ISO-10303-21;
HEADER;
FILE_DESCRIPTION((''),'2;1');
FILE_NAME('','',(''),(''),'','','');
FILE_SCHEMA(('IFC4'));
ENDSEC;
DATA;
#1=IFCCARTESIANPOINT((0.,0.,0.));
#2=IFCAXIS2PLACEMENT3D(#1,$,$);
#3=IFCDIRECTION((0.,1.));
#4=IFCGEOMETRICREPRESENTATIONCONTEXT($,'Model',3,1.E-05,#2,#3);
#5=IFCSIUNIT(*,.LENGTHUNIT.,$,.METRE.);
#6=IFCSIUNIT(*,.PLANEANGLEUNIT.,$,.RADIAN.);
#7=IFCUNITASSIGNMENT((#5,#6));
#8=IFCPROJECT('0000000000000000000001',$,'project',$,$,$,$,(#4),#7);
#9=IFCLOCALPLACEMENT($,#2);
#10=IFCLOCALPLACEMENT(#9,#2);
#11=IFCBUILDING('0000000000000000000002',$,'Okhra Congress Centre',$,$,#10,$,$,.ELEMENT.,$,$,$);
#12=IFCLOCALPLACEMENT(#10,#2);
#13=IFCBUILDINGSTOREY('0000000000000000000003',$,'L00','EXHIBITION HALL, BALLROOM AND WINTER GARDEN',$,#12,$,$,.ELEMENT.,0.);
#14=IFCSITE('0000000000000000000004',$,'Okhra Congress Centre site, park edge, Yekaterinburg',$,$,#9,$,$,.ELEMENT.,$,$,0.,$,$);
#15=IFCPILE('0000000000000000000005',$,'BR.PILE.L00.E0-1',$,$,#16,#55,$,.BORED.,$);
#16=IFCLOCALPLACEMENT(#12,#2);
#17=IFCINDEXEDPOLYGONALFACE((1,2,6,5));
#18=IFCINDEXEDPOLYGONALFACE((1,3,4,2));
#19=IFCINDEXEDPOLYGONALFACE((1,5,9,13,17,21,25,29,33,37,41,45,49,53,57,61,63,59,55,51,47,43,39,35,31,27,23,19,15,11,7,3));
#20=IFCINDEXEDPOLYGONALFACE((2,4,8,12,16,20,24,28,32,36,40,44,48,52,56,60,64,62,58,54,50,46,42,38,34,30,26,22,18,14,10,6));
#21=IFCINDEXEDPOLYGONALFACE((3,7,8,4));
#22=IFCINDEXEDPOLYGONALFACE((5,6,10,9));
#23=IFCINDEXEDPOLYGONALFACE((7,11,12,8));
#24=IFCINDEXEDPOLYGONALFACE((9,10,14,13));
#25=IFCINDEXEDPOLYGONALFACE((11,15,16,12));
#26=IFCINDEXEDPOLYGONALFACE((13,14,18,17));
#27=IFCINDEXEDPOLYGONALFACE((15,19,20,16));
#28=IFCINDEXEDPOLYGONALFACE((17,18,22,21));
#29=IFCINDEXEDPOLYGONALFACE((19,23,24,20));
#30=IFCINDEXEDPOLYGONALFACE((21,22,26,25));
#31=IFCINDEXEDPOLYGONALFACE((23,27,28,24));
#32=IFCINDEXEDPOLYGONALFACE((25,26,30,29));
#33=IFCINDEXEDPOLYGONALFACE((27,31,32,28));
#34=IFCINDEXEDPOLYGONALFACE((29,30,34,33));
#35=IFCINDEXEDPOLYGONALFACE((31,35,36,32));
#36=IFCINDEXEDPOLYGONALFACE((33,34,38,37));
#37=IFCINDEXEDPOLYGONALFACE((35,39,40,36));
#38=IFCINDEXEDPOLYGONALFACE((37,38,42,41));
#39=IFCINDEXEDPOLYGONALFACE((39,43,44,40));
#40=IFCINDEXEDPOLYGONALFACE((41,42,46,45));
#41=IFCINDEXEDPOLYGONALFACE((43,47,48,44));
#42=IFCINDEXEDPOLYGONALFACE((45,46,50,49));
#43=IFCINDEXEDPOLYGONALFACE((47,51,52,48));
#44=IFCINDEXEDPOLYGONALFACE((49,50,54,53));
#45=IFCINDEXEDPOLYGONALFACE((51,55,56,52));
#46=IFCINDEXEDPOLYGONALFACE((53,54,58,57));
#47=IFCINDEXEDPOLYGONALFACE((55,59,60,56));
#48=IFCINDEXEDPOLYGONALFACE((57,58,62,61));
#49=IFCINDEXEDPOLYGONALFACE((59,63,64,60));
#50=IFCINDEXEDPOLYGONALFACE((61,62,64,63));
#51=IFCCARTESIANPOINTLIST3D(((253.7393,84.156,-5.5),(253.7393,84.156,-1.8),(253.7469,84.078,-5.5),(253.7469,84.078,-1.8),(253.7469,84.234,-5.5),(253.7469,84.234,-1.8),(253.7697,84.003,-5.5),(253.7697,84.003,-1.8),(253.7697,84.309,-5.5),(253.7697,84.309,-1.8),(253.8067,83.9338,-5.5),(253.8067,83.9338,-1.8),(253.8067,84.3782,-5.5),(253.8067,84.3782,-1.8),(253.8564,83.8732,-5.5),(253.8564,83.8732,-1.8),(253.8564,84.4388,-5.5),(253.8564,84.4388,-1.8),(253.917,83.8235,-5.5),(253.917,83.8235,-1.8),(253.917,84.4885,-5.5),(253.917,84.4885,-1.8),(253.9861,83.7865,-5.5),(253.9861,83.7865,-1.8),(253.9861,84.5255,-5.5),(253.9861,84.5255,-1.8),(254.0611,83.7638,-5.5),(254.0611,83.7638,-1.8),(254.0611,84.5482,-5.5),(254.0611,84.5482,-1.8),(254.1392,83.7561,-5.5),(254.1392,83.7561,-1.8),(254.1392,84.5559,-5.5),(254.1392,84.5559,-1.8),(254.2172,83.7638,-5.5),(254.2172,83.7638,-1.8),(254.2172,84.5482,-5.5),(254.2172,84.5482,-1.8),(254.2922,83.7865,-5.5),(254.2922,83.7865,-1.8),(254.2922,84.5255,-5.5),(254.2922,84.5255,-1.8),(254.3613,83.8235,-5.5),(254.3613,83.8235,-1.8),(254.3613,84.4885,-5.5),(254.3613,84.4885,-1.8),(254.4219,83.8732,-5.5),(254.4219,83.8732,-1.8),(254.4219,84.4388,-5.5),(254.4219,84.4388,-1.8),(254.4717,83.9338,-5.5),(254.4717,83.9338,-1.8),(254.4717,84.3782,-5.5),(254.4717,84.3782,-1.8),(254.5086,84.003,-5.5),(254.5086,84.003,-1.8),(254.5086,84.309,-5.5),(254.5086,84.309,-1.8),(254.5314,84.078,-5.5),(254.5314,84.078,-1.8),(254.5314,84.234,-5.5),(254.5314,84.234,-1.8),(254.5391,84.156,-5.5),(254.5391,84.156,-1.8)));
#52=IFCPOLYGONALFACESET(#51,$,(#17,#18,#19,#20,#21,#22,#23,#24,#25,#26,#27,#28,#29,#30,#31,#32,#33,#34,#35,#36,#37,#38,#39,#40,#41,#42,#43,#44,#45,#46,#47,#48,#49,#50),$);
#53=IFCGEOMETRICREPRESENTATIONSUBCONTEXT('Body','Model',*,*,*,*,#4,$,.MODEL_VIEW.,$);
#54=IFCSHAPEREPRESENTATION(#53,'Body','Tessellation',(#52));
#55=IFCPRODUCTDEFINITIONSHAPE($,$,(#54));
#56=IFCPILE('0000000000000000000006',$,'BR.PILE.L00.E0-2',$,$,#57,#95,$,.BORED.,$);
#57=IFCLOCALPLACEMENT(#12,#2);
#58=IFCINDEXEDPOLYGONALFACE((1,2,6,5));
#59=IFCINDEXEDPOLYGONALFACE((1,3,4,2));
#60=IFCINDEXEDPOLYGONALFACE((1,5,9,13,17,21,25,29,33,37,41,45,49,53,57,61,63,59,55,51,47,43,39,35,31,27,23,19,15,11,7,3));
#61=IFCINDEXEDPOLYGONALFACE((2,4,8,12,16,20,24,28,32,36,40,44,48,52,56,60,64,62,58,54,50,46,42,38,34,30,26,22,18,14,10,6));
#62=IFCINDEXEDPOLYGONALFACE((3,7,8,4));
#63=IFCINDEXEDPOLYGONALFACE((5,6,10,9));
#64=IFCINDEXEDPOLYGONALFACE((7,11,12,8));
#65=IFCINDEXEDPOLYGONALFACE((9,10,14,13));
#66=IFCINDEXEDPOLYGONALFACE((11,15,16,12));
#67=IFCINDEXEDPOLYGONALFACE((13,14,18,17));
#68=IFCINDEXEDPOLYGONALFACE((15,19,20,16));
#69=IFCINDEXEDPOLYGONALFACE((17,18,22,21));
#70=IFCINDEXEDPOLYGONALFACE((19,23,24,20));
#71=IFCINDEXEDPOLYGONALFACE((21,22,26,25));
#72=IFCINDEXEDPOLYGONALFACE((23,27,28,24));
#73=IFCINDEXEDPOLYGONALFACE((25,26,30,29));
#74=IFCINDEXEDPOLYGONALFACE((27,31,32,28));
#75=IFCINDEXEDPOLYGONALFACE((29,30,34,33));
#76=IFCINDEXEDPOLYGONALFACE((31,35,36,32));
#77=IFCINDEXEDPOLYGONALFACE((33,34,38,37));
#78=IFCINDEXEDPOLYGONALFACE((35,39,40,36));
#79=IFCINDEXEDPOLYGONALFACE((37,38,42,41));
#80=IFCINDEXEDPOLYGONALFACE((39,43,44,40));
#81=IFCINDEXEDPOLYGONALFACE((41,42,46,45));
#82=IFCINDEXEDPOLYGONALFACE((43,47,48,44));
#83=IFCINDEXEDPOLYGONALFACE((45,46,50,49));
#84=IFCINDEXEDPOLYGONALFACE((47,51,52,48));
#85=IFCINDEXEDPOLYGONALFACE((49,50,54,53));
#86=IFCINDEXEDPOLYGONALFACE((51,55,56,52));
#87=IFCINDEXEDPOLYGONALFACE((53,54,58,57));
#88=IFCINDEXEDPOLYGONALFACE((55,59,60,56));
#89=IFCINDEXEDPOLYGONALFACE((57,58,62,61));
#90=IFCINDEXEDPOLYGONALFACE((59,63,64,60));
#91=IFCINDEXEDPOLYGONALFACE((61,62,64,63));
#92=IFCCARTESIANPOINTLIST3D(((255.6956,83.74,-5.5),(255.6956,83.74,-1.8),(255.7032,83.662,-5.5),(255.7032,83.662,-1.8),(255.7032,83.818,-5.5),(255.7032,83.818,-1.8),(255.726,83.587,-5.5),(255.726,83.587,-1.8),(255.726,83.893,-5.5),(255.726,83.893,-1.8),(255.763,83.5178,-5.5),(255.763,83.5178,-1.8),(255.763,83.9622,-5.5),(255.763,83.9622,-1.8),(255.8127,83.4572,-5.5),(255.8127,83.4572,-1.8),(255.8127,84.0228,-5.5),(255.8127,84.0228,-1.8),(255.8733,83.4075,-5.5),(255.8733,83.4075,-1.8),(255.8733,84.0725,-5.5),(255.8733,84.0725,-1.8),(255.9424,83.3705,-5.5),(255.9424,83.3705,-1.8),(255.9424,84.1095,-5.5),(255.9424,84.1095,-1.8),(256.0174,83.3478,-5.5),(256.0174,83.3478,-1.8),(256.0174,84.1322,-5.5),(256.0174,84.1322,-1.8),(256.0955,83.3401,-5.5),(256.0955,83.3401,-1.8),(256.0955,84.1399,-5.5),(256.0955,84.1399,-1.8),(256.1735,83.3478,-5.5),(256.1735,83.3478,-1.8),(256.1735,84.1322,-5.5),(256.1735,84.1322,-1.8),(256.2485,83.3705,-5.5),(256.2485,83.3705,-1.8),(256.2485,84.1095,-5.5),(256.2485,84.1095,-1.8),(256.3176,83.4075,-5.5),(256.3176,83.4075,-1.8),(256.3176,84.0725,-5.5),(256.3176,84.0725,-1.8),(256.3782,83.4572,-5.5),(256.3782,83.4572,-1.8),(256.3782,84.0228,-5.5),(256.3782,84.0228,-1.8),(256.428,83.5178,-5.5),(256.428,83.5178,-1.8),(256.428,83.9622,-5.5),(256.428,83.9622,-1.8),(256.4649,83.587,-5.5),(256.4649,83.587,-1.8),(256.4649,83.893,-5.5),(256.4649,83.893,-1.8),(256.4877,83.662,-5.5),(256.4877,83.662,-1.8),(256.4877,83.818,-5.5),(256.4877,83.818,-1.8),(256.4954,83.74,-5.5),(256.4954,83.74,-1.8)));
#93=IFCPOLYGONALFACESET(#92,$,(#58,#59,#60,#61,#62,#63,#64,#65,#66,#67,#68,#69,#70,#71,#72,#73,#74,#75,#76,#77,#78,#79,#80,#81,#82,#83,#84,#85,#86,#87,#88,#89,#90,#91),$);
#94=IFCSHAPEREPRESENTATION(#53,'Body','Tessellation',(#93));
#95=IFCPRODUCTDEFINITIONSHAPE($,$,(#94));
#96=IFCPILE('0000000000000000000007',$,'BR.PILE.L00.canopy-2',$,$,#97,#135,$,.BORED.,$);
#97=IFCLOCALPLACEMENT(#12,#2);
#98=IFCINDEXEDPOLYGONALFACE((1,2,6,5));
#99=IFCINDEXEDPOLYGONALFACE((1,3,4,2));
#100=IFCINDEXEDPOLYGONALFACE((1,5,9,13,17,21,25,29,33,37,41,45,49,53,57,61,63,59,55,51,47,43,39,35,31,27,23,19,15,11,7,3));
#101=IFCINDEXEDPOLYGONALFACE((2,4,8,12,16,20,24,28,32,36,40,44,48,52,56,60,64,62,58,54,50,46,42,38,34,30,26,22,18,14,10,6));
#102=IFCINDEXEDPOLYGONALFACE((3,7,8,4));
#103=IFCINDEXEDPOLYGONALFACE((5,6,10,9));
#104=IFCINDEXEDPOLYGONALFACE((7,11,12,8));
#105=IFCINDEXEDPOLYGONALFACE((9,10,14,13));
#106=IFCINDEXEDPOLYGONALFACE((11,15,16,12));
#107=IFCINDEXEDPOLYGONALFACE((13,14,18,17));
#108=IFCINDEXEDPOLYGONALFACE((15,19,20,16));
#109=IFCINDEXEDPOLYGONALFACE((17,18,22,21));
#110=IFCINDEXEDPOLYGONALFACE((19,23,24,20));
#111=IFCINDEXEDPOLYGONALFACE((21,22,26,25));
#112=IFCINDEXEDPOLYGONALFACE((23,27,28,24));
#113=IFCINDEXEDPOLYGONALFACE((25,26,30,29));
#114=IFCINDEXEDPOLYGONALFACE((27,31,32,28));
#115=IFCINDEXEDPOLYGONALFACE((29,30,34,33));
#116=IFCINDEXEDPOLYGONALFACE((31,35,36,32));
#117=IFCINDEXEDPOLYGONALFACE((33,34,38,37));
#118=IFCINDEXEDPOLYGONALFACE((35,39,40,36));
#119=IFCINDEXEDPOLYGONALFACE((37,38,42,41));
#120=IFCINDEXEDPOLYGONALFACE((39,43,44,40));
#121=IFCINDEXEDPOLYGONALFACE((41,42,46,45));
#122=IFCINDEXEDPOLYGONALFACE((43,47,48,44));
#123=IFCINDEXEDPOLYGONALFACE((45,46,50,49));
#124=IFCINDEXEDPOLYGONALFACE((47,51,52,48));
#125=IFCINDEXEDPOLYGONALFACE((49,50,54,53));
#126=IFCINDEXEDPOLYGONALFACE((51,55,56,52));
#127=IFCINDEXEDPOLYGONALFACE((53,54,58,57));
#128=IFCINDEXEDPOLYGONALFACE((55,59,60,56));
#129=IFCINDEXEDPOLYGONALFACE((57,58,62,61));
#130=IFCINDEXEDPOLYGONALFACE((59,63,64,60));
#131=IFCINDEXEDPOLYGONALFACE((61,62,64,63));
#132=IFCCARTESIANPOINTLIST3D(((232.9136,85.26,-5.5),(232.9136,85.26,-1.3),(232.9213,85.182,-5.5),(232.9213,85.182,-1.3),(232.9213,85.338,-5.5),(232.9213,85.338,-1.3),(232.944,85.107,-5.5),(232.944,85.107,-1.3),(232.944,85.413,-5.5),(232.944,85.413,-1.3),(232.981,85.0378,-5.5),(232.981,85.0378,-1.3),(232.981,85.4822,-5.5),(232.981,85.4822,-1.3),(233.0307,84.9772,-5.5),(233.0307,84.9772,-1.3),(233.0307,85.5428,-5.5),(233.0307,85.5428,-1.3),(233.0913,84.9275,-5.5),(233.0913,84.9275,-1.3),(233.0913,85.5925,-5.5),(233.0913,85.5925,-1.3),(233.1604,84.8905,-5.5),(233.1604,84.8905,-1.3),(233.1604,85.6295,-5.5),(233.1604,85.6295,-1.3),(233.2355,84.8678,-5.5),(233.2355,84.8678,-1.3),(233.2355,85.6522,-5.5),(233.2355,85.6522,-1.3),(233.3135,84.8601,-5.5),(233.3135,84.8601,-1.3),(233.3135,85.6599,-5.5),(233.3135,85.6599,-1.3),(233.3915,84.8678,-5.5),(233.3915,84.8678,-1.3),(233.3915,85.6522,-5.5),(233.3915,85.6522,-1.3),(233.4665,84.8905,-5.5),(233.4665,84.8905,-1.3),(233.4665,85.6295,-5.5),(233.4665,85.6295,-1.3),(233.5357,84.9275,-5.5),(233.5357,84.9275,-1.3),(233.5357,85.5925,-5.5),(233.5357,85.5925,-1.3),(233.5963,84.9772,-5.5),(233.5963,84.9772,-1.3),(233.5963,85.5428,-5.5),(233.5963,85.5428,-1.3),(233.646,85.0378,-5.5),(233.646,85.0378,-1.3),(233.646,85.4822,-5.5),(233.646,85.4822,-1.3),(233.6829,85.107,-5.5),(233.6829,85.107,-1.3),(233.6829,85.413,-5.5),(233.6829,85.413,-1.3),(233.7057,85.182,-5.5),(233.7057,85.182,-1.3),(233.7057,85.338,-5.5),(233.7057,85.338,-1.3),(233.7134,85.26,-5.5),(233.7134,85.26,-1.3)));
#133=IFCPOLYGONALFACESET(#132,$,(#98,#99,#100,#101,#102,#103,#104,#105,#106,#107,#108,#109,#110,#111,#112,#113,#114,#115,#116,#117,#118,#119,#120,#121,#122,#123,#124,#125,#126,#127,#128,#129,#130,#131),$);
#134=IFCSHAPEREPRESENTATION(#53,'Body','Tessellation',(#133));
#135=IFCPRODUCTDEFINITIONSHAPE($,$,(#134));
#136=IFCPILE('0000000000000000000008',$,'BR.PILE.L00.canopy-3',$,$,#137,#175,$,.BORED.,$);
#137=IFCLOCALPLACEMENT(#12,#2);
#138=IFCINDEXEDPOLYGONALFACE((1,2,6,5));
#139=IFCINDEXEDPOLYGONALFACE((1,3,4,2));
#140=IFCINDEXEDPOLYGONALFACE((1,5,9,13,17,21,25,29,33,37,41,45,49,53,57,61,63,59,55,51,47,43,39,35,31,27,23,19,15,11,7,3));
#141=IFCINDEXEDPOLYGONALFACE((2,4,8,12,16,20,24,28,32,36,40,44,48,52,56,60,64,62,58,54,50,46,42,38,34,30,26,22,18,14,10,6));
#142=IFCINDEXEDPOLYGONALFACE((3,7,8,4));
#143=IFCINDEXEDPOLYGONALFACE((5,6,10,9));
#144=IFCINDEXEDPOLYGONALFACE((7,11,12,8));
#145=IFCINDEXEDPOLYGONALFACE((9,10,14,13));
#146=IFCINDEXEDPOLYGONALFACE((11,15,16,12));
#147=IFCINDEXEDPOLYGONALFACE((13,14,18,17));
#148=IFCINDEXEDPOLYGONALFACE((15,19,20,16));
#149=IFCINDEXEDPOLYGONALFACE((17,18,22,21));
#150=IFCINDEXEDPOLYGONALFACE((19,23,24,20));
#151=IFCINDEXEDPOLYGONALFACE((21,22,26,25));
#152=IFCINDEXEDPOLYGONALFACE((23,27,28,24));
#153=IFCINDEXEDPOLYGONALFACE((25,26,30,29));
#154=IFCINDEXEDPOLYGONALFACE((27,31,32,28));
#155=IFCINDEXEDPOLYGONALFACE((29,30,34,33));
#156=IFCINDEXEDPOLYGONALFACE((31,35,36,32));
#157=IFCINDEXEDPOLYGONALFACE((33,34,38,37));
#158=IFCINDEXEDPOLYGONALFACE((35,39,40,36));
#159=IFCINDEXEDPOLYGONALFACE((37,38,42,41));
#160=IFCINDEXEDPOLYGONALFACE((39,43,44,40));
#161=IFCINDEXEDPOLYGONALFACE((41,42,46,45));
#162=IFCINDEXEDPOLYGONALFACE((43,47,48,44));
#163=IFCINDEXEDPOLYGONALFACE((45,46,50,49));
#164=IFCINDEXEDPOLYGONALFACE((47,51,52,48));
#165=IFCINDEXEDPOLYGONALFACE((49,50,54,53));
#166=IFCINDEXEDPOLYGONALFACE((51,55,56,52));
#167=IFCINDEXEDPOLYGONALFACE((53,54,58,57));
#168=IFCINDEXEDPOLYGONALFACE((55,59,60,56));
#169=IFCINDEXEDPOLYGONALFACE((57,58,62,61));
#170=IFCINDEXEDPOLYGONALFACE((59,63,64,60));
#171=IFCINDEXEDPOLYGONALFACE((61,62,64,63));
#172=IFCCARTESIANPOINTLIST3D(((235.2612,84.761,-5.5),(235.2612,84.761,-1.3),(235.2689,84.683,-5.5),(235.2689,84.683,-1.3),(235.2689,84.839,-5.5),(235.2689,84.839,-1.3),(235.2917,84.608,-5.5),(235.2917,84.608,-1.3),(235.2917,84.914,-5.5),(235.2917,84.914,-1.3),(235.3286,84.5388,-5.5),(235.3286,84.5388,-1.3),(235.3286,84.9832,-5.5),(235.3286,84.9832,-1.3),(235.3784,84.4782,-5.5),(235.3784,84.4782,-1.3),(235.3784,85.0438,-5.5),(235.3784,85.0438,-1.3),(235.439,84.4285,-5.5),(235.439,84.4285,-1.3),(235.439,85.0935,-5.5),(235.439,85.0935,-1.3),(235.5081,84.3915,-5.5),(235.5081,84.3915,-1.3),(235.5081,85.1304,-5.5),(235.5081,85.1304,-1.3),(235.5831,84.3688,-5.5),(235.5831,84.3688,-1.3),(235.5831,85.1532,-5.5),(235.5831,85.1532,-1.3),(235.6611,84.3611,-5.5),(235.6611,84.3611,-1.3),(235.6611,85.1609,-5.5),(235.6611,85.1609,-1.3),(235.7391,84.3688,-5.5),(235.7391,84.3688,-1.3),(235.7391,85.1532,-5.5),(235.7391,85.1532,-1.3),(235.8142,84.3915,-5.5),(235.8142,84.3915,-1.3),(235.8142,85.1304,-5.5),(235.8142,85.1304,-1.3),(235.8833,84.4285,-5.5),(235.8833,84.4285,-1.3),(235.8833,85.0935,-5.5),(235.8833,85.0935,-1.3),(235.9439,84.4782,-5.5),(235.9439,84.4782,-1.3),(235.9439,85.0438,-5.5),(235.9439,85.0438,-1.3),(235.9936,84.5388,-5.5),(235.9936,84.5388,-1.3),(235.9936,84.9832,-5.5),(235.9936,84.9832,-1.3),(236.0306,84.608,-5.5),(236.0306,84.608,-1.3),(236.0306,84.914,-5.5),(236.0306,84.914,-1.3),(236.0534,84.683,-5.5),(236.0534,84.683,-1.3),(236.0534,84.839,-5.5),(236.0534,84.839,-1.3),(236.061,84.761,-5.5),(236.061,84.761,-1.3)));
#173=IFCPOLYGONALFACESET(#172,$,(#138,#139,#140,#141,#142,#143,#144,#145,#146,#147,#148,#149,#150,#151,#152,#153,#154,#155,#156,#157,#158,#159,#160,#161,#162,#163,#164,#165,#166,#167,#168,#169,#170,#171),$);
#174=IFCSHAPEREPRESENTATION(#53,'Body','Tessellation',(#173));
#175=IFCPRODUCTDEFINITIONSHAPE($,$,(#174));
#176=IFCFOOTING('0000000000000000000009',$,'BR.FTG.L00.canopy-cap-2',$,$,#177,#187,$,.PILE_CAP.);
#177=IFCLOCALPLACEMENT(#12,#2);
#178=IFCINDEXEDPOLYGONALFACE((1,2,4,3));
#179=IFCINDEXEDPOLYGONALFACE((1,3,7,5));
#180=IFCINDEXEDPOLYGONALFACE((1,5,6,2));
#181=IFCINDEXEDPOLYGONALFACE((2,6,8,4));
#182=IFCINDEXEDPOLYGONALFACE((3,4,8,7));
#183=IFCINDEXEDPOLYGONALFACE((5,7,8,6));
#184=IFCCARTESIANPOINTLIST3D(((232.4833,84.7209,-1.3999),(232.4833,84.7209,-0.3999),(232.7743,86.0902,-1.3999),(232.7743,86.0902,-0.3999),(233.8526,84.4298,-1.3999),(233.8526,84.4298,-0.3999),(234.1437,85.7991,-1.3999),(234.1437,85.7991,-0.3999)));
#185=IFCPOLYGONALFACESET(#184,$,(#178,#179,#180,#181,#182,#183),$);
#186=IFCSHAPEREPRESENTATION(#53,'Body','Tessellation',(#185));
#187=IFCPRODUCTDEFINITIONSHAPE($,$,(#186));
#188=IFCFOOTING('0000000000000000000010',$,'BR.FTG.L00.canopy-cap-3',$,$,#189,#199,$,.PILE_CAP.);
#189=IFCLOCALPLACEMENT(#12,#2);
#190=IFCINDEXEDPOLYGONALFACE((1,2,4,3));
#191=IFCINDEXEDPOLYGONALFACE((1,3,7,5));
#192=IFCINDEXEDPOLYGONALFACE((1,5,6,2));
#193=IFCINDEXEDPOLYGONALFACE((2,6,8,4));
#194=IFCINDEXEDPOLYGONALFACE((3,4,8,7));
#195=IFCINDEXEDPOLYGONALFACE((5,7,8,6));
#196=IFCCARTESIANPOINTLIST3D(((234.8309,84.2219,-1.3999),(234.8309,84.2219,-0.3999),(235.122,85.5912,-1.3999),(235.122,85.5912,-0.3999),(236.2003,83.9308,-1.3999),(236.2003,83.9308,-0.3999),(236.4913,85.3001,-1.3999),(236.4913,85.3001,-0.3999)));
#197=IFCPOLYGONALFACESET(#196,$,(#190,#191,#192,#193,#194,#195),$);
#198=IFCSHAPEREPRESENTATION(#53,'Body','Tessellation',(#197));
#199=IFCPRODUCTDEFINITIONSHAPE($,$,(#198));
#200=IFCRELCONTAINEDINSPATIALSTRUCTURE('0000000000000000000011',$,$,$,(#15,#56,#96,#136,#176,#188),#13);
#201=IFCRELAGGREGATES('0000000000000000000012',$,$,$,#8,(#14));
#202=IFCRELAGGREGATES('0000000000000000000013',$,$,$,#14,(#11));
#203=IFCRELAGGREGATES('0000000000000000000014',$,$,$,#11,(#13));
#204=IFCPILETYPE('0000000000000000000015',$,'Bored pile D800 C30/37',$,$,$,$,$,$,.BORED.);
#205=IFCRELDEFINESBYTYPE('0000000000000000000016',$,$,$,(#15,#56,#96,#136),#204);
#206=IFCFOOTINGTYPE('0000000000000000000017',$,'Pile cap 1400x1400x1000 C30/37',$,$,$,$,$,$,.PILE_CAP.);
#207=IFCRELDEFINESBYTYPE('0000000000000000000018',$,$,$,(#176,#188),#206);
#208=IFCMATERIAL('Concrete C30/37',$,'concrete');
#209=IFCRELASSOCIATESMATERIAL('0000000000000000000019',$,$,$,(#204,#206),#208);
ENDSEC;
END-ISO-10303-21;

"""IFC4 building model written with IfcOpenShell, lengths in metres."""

from ifc_helpers import new_model, si_unit, direction, frame, origin, origin_2d, place, context, subcontext, project, spatial, rectangle, circle, extrude, material, material_profile, profile_set, type_object, element, save


model = new_model("IFC4")

# Units and contexts
model_context = context("Model", 3, precision=1e-05, world=origin(), true_north=direction((0.0, 1.0)))
body_context = subcontext(model_context, "Body", "Model", "MODEL_VIEW")
ifc_project = project(units=[si_unit("LENGTHUNIT", "METRE"), si_unit("PLANEANGLEUNIT", "RADIAN")], contexts=[model_context])

# Site, building, storey
site_placement = place(None, origin())
site = spatial("IfcSite", under=ifc_project, at=site_placement, Name="Okhra Congress Centre site, park edge, Yekaterinburg", CompositionType="ELEMENT", RefElevation=0.0)
building_placement = place(site_placement, origin())
building = spatial("IfcBuilding", under=site, at=building_placement, Name="Okhra Congress Centre", CompositionType="ELEMENT")
storey_placement = place(building_placement, origin())
storey = spatial("IfcBuildingStorey", under=building, at=storey_placement, Name="L00", Description="EXHIBITION HALL, BALLROOM AND WINTER GARDEN", CompositionType="ELEMENT", Elevation=0.0)

# Piles
ifc_material_1 = material(Name="Concrete C30/37", Category="concrete")
ifc_material_profile_1 = material_profile(ifc_material_1, circle(Radius=0.3999, at=origin_2d()), Name="D800")
ifc_profile_set_1 = profile_set([ifc_material_profile_1], Name="Concrete C30/37")
pile_type = type_object("IfcPileType", Name="Bored pile D800 C30/37", PredefinedType="BORED", material=ifc_profile_set_1)
for number, where, z_axis, x_axis, name in (
    (1, (254.1392, 84.156, -1.8), (0.0, 0.0, -1.0), (1.0, 0.0, 0.0), "BR.PILE.L00.E0-1"),
    (2, (256.0955, 83.74, -1.8), (0.0, 0.0, -1.0), (1.0, 0.0, 0.0), "BR.PILE.L00.E0-2"),
):
    element("IfcPile", number, at=place(storey_placement, frame(where, z_axis=z_axis, x_axis=x_axis)), inside=storey, type_object=pile_type, Name=name, PredefinedType="BORED", context=body_context, shape_type="SweptSolid", body=[
        extrude(circle(Radius=0.3999, at=origin_2d()), origin(), (0.0, 0.0, 1.0), 3.7),
    ])
for number, where, z_axis, x_axis, name in (
    (3, (233.3135, 85.26, -1.3), (0.0, 0.0, -1.0), (1.0, 0.0, 0.0), "BR.PILE.L00.canopy-2"),
    (4, (235.6611, 84.761, -1.3), (0.0, 0.0, -1.0), (1.0, 0.0, 0.0), "BR.PILE.L00.canopy-3"),
):
    element("IfcPile", number, at=place(storey_placement, frame(where, z_axis=z_axis, x_axis=x_axis)), inside=storey, type_object=pile_type, Name=name, PredefinedType="BORED", context=body_context, shape_type="SweptSolid", body=[
        extrude(circle(Radius=0.3999, at=origin_2d()), origin(), (0.0, 0.0, 1.0), 4.2),
    ])

# Footings
footing_type_1 = type_object("IfcFootingType", Name="Pile cap 1400x1400x1000 C30/37", PredefinedType="PILE_CAP", material=ifc_material_1)
for number, where, z_axis, x_axis, name in (
    (5, (233.3135, 85.26, -1.3999), (0.0, 0.0, 1.0), (0.978148, -0.207912, 0.0), "BR.FTG.L00.canopy-cap-2"),
    (6, (235.6611, 84.761, -1.3999), (0.0, 0.0, 1.0), (0.978148, -0.207912, 0.0), "BR.FTG.L00.canopy-cap-3"),
):
    element("IfcFooting", number, at=place(storey_placement, frame(where, z_axis=z_axis, x_axis=x_axis)), inside=storey, type_object=footing_type_1, Name=name, PredefinedType="PILE_CAP", context=body_context, shape_type="SweptSolid", body=[
        extrude(rectangle(XDim=1.3999, YDim=1.3999, at=origin_2d()), origin(), (0.0, 0.0, 1.0), 1.0),
    ])

save(model, "model.ifc")
